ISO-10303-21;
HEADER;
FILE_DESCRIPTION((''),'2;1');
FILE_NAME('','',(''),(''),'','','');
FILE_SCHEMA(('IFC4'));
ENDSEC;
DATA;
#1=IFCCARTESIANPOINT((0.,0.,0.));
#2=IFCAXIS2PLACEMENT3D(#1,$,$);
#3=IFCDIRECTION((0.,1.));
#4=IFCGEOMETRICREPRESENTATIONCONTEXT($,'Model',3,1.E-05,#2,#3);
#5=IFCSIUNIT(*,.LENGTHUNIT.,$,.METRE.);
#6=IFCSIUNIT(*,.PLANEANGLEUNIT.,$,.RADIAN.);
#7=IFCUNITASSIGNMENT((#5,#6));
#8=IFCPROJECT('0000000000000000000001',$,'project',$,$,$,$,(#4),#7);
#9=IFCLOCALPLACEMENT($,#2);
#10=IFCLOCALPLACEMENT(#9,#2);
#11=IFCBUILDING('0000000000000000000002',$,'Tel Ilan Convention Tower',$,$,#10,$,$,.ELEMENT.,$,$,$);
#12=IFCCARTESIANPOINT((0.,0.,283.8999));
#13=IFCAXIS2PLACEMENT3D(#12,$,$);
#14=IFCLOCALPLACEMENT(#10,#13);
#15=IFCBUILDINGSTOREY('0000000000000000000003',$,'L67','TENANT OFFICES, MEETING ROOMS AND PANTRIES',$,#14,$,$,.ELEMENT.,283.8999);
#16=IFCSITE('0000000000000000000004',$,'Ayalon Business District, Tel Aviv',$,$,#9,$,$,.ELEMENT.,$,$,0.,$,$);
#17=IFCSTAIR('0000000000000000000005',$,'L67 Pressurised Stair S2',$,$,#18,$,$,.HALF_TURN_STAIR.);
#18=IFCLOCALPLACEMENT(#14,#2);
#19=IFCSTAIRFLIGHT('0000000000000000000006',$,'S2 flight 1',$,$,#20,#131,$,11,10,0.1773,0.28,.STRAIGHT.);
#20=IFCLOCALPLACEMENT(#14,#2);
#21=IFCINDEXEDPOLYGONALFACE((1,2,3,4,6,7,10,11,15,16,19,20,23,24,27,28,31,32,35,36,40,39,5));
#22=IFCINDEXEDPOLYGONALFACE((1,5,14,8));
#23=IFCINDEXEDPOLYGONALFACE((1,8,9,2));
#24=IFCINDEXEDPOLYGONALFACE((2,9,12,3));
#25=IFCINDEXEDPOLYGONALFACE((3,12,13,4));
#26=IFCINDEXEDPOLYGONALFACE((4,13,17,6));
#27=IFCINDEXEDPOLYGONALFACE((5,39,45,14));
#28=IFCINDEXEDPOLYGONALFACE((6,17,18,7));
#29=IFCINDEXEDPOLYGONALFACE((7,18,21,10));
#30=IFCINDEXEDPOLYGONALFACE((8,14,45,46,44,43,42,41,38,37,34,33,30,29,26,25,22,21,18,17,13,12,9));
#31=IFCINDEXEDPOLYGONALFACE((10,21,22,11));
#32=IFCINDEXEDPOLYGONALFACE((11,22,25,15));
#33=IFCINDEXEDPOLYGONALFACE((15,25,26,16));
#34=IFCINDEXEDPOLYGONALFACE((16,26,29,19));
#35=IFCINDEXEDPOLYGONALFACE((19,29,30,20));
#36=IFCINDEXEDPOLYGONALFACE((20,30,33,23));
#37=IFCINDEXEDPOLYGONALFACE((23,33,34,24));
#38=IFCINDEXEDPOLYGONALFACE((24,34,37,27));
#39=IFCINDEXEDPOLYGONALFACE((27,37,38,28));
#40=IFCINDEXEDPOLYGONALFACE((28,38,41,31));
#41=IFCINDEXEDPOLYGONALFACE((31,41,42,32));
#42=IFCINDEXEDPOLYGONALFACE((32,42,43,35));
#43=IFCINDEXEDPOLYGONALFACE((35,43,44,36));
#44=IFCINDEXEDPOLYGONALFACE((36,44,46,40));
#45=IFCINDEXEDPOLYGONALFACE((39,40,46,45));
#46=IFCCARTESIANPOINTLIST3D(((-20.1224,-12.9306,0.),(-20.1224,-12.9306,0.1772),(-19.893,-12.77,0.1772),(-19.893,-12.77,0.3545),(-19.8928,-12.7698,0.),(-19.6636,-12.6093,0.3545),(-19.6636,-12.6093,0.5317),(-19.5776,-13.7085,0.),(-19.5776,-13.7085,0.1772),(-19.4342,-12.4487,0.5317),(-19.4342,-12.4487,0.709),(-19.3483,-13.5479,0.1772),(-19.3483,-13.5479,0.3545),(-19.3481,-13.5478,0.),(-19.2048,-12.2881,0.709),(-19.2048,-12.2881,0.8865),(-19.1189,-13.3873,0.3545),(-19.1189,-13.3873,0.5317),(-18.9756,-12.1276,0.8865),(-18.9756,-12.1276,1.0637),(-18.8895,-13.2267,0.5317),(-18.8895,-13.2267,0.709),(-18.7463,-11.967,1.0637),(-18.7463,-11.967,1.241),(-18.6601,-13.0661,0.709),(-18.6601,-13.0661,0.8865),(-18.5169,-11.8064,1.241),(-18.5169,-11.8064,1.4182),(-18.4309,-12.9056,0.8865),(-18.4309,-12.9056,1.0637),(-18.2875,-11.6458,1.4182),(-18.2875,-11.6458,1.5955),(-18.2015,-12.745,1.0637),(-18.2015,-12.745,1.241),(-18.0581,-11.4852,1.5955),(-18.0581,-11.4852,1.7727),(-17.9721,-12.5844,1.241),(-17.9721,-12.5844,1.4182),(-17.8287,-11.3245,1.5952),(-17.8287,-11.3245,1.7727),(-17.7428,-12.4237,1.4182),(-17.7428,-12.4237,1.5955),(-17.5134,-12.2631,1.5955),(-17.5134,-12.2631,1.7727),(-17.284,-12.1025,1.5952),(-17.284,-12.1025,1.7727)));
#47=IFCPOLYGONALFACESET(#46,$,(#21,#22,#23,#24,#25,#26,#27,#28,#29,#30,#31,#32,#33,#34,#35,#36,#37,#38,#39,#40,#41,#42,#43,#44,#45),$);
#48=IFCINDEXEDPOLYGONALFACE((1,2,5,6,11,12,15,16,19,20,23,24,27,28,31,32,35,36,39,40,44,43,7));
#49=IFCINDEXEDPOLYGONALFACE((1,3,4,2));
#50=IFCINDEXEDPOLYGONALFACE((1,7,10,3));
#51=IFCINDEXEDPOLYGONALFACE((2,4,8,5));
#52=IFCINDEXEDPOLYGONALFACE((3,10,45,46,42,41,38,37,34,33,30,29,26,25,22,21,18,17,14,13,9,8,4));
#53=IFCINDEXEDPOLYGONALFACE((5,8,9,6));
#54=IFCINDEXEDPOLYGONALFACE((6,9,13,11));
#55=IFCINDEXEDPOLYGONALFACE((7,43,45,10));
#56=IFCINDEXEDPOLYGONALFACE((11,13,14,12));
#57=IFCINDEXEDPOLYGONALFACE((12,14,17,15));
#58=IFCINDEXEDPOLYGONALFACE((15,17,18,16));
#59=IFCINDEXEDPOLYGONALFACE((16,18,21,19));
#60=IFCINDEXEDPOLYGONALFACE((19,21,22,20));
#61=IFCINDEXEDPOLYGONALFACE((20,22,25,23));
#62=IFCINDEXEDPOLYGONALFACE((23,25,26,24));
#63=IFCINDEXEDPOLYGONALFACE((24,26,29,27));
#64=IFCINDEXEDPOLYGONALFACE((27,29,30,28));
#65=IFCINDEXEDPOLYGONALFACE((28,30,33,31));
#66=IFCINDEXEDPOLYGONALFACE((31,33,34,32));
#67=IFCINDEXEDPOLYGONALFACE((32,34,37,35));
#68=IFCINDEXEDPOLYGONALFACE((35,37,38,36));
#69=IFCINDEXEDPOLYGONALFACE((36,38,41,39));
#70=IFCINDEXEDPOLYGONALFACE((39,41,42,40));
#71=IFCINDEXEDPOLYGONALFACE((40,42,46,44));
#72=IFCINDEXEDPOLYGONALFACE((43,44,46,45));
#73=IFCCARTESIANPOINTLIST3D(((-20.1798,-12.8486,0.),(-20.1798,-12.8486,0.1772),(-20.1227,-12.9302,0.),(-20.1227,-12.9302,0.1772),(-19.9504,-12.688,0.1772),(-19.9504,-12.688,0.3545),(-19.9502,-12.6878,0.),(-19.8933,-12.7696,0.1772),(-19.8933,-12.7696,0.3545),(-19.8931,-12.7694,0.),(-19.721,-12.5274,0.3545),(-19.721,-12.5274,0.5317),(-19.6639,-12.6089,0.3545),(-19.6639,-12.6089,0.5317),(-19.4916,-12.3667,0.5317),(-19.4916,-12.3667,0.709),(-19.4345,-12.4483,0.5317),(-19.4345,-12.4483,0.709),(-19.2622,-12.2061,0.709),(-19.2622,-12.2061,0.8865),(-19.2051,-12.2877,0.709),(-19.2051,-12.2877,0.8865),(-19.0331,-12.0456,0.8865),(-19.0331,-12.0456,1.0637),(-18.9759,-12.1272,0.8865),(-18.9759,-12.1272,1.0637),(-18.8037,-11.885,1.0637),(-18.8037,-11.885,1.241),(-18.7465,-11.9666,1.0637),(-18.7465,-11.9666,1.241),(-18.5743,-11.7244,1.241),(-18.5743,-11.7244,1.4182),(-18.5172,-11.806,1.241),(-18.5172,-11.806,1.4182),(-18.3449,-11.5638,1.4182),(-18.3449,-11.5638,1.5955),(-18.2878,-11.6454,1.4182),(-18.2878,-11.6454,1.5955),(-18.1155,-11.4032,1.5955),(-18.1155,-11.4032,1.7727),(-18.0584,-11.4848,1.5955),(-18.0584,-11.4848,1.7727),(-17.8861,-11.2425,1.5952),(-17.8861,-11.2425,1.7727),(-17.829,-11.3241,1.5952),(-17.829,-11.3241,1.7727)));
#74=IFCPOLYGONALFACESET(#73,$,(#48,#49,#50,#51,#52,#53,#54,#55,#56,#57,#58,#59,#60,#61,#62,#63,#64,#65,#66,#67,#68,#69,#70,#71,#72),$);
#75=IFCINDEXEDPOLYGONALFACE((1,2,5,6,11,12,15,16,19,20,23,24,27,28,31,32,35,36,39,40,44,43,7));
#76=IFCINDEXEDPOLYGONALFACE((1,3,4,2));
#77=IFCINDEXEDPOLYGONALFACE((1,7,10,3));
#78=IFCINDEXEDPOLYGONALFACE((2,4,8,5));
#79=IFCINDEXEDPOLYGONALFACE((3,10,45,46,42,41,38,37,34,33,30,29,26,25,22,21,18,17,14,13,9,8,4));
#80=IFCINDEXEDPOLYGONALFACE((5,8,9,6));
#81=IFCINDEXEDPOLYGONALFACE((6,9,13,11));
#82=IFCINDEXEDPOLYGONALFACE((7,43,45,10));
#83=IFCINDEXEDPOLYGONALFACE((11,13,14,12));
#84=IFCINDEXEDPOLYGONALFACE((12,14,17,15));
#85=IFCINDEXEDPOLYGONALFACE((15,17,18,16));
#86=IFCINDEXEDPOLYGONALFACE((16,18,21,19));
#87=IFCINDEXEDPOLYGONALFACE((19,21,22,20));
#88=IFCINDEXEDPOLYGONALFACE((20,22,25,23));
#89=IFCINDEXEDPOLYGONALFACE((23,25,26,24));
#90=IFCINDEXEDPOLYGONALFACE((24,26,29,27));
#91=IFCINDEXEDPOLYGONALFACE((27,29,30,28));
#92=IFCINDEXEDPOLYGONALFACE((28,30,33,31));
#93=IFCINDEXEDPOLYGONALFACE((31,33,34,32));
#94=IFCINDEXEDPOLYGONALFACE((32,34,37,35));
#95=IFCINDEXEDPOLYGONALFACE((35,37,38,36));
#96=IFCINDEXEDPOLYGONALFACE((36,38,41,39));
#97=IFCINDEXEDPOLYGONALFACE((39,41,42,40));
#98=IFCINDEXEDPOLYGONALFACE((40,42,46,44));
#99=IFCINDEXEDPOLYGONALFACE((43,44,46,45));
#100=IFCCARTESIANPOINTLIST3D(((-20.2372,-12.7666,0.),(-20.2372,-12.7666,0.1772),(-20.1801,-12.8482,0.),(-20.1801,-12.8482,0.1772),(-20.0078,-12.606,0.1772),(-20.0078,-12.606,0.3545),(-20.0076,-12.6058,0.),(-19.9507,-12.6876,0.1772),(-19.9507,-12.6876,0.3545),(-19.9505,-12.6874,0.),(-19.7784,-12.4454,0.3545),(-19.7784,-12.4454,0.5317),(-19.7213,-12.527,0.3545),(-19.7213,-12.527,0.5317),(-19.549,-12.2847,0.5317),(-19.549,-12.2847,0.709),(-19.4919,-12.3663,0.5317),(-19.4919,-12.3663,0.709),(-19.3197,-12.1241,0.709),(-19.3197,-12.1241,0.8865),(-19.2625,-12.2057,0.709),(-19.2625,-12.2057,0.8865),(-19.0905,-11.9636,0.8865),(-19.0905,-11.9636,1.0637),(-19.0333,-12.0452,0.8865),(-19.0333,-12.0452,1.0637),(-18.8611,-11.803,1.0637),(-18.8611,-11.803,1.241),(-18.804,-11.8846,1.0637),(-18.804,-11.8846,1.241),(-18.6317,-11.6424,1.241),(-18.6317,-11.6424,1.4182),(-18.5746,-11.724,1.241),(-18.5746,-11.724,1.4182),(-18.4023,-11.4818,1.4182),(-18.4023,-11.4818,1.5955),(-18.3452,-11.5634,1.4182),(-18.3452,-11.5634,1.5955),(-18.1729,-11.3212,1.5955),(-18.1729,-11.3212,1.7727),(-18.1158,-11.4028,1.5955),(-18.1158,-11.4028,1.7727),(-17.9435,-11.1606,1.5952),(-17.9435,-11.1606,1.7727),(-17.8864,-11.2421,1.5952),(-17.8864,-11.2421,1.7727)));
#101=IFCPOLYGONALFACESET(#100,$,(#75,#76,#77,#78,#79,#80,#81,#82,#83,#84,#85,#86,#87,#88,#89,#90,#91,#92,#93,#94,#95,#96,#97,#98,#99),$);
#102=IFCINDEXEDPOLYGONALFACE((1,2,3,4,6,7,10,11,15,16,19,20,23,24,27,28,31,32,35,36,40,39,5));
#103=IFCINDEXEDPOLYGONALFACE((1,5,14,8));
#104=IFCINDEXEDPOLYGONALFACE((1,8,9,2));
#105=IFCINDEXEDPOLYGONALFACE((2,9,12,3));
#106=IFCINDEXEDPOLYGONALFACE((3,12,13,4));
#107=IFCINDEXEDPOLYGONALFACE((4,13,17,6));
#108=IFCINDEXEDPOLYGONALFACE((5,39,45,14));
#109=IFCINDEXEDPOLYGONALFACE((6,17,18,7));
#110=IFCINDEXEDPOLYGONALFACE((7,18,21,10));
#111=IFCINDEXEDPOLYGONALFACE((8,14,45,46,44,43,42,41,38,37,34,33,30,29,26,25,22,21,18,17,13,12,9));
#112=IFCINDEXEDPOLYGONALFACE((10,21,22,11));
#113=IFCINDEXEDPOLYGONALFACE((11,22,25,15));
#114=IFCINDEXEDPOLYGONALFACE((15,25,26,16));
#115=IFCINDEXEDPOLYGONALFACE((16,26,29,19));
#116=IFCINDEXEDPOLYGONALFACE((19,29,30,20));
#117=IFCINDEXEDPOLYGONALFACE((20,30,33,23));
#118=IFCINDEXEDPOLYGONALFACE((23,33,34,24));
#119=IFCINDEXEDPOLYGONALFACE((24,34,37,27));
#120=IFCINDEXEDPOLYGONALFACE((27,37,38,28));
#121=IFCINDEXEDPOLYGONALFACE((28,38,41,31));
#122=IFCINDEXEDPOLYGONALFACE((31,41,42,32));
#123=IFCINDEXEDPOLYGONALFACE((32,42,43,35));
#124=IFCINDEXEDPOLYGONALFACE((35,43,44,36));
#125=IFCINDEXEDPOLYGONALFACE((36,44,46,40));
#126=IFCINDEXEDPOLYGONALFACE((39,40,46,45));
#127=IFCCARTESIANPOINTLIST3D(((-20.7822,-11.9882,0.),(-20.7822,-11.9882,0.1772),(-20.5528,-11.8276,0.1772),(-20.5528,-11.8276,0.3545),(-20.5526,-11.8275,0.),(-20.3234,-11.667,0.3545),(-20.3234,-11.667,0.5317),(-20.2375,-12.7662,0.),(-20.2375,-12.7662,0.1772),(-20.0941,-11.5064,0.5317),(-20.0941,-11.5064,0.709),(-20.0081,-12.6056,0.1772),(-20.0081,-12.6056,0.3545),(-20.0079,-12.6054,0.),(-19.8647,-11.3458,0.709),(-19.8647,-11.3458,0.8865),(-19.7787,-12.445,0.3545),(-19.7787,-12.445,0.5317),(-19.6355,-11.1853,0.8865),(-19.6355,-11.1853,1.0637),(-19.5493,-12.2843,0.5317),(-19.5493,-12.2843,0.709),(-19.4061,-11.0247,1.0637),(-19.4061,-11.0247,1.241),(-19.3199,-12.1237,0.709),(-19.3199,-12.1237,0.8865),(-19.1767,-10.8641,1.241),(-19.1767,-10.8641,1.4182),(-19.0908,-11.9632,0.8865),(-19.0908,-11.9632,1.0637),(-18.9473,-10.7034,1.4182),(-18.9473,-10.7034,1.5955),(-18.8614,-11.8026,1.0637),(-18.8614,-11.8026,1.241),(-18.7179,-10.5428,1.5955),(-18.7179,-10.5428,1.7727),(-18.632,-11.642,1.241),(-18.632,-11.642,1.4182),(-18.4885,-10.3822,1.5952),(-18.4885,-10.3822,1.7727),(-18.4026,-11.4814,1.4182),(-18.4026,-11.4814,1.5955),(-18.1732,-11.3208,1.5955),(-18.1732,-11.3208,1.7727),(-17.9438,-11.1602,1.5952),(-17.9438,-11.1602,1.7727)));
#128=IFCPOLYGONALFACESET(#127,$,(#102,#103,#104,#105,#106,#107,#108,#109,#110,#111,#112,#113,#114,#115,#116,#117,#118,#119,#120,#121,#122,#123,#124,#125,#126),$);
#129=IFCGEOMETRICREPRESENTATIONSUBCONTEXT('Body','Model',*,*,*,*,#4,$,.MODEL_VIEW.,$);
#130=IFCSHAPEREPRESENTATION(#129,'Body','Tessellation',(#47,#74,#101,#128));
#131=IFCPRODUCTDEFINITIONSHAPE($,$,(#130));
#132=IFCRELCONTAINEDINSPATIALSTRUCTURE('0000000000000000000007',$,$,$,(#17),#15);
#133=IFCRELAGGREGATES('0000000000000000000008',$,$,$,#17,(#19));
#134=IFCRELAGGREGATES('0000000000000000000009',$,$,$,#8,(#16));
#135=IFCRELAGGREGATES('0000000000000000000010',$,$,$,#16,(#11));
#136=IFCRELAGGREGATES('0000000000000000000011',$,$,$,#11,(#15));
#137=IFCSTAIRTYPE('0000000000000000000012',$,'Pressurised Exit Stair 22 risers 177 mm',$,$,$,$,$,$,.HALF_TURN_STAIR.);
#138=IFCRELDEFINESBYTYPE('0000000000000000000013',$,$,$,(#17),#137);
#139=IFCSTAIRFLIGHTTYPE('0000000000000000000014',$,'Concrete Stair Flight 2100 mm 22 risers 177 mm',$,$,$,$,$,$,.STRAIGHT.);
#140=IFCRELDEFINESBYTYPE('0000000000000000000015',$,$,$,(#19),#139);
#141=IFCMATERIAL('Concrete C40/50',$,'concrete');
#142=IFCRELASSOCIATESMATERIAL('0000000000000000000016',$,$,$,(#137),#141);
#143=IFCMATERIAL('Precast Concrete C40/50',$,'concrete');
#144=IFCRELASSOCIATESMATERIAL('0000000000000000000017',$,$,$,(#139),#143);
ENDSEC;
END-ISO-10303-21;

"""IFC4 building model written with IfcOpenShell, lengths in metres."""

from ifc_helpers import new_model, si_unit, direction, frame, origin, place, context, subcontext, project, spatial, polyline, outline, extrude, material, type_object, element, aggregate, save


model = new_model("IFC4")

# Units and contexts
model_context = context("Model", 3, precision=1e-05, world=origin(), true_north=direction((0.0, 1.0)))
body_context = subcontext(model_context, "Body", "Model", "MODEL_VIEW")
ifc_project = project(units=[si_unit("LENGTHUNIT", "METRE"), si_unit("PLANEANGLEUNIT", "RADIAN")], contexts=[model_context])

# Site, building, storey
site_placement = place(None, origin())
site = spatial("IfcSite", under=ifc_project, at=site_placement, Name="Ayalon Business District, Tel Aviv", CompositionType="ELEMENT", RefElevation=0.0)
building_placement = place(site_placement, origin())
building = spatial("IfcBuilding", under=site, at=building_placement, Name="Tel Ilan Convention Tower", CompositionType="ELEMENT")
storey_placement = place(building_placement, frame((0.0, 0.0, 283.8999)))
storey = spatial("IfcBuildingStorey", under=building, at=storey_placement, Name="L67", Description="TENANT OFFICES, MEETING ROOMS AND PANTRIES", CompositionType="ELEMENT", Elevation=283.8999)

# Stair, stair flight
ifc_material_1 = material(Name="Concrete C40/50", Category="concrete")
stair_type = type_object("IfcStairType", Name="Pressurised Exit Stair 22 risers 177 mm", PredefinedType="HALF_TURN_STAIR", material=ifc_material_1)
ifc_material_2 = material(Name="Precast Concrete C40/50", Category="concrete")
stair_flight_type = type_object("IfcStairFlightType", Name="Concrete Stair Flight 2100 mm 22 risers 177 mm", PredefinedType="STRAIGHT", material=ifc_material_2)
stair_1_placement = place(storey_placement, origin())
stair_1 = element("IfcStair", 1, at=stair_1_placement, inside=storey, type_object=stair_type, Name="L67 Pressurised Stair S2", PredefinedType="HALF_TURN_STAIR")
stair_flight_1_placement = place(storey_placement, frame((-20.1799, -12.8484, 0.0), z_axis=(0.0, 0.0, 1.0), x_axis=(0.819152, 0.573576, 0.0)))
stair_flight_1 = element("IfcStairFlight", 2, at=stair_flight_1_placement, type_object=stair_flight_type, Name="S2 flight 1", NumberOfRisers=11, NumberOfTreads=10, PredefinedType="STRAIGHT", RiserHeight=0.1773, TreadLength=0.28, context=body_context, shape_type="SweptSolid", body=[
    extrude(outline(polyline([(0.0, 0.0), (0.0, 0.1772), (0.28, 0.1772), (0.28, 0.3545), (0.5601, 0.3545), (0.5601, 0.5317), (0.8401, 0.5317), (0.8401, 0.709), (1.1201, 0.709), (1.1201, 0.8865), (1.3999, 0.8865), (1.3999, 1.0637), (1.6799, 1.0637), (1.6799, 1.241), (1.96, 1.241), (1.96, 1.4182), (2.24, 1.4182), (2.24, 1.5955), (2.52, 1.5955), (2.52, 1.7727), (2.8, 1.7727), (2.8, 1.95), (2.8, 1.5952), (0.2803, 0.0), (0.0, 0.0)])), frame((0.0, -0.1003, 0.0), z_axis=(0.0, -1.0, 0.0), x_axis=(1.0, 0.0, 0.0)), (0.0, 0.0, 1.0), 0.9497),
    extrude(outline(polyline([(0.0, 0.0), (0.0, 0.1772), (0.28, 0.1772), (0.28, 0.3545), (0.5601, 0.3545), (0.5601, 0.5317), (0.8401, 0.5317), (0.8401, 0.709), (1.1201, 0.709), (1.1201, 0.8865), (1.3999, 0.8865), (1.3999, 1.0637), (1.6799, 1.0637), (1.6799, 1.241), (1.96, 1.241), (1.96, 1.4182), (2.24, 1.4182), (2.24, 1.5955), (2.52, 1.5955), (2.52, 1.7727), (2.8, 1.7727), (2.8, 1.95), (2.8, 1.5952), (0.2803, 0.0), (0.0, 0.0)])), frame((0.0, -0.0002, 0.0), z_axis=(0.0, -1.0, 0.0), x_axis=(1.0, 0.0, 0.0)), (0.0, 0.0, 1.0), 0.0996),
    extrude(outline(polyline([(0.0, 0.0), (0.0, 0.1772), (0.28, 0.1772), (0.28, 0.3545), (0.5601, 0.3545), (0.5601, 0.5317), (0.8401, 0.5317), (0.8401, 0.709), (1.1201, 0.709), (1.1201, 0.8865), (1.3999, 0.8865), (1.3999, 1.0637), (1.6799, 1.0637), (1.6799, 1.241), (1.96, 1.241), (1.96, 1.4182), (2.24, 1.4182), (2.24, 1.5955), (2.52, 1.5955), (2.52, 1.7727), (2.8, 1.7727), (2.8, 1.95), (2.8, 1.5952), (0.2803, 0.0), (0.0, 0.0)])), frame((0.0, 0.0999, 0.0), z_axis=(0.0, -1.0, 0.0), x_axis=(1.0, 0.0, 0.0)), (0.0, 0.0, 1.0), 0.0996),
    extrude(outline(polyline([(0.0, 0.0), (0.0, 0.1772), (0.28, 0.1772), (0.28, 0.3545), (0.5601, 0.3545), (0.5601, 0.5317), (0.8401, 0.5317), (0.8401, 0.709), (1.1201, 0.709), (1.1201, 0.8865), (1.3999, 0.8865), (1.3999, 1.0637), (1.6799, 1.0637), (1.6799, 1.241), (1.96, 1.241), (1.96, 1.4182), (2.24, 1.4182), (2.24, 1.5955), (2.52, 1.5955), (2.52, 1.7727), (2.8, 1.7727), (2.8, 1.95), (2.8, 1.5952), (0.2803, 0.0), (0.0, 0.0)])), frame((0.0, 1.05, 0.0), z_axis=(0.0, -1.0, 0.0), x_axis=(1.0, 0.0, 0.0)), (0.0, 0.0, 1.0), 0.9497),
])
aggregate(stair_1, [stair_flight_1])

save(model, "model.ifc")
